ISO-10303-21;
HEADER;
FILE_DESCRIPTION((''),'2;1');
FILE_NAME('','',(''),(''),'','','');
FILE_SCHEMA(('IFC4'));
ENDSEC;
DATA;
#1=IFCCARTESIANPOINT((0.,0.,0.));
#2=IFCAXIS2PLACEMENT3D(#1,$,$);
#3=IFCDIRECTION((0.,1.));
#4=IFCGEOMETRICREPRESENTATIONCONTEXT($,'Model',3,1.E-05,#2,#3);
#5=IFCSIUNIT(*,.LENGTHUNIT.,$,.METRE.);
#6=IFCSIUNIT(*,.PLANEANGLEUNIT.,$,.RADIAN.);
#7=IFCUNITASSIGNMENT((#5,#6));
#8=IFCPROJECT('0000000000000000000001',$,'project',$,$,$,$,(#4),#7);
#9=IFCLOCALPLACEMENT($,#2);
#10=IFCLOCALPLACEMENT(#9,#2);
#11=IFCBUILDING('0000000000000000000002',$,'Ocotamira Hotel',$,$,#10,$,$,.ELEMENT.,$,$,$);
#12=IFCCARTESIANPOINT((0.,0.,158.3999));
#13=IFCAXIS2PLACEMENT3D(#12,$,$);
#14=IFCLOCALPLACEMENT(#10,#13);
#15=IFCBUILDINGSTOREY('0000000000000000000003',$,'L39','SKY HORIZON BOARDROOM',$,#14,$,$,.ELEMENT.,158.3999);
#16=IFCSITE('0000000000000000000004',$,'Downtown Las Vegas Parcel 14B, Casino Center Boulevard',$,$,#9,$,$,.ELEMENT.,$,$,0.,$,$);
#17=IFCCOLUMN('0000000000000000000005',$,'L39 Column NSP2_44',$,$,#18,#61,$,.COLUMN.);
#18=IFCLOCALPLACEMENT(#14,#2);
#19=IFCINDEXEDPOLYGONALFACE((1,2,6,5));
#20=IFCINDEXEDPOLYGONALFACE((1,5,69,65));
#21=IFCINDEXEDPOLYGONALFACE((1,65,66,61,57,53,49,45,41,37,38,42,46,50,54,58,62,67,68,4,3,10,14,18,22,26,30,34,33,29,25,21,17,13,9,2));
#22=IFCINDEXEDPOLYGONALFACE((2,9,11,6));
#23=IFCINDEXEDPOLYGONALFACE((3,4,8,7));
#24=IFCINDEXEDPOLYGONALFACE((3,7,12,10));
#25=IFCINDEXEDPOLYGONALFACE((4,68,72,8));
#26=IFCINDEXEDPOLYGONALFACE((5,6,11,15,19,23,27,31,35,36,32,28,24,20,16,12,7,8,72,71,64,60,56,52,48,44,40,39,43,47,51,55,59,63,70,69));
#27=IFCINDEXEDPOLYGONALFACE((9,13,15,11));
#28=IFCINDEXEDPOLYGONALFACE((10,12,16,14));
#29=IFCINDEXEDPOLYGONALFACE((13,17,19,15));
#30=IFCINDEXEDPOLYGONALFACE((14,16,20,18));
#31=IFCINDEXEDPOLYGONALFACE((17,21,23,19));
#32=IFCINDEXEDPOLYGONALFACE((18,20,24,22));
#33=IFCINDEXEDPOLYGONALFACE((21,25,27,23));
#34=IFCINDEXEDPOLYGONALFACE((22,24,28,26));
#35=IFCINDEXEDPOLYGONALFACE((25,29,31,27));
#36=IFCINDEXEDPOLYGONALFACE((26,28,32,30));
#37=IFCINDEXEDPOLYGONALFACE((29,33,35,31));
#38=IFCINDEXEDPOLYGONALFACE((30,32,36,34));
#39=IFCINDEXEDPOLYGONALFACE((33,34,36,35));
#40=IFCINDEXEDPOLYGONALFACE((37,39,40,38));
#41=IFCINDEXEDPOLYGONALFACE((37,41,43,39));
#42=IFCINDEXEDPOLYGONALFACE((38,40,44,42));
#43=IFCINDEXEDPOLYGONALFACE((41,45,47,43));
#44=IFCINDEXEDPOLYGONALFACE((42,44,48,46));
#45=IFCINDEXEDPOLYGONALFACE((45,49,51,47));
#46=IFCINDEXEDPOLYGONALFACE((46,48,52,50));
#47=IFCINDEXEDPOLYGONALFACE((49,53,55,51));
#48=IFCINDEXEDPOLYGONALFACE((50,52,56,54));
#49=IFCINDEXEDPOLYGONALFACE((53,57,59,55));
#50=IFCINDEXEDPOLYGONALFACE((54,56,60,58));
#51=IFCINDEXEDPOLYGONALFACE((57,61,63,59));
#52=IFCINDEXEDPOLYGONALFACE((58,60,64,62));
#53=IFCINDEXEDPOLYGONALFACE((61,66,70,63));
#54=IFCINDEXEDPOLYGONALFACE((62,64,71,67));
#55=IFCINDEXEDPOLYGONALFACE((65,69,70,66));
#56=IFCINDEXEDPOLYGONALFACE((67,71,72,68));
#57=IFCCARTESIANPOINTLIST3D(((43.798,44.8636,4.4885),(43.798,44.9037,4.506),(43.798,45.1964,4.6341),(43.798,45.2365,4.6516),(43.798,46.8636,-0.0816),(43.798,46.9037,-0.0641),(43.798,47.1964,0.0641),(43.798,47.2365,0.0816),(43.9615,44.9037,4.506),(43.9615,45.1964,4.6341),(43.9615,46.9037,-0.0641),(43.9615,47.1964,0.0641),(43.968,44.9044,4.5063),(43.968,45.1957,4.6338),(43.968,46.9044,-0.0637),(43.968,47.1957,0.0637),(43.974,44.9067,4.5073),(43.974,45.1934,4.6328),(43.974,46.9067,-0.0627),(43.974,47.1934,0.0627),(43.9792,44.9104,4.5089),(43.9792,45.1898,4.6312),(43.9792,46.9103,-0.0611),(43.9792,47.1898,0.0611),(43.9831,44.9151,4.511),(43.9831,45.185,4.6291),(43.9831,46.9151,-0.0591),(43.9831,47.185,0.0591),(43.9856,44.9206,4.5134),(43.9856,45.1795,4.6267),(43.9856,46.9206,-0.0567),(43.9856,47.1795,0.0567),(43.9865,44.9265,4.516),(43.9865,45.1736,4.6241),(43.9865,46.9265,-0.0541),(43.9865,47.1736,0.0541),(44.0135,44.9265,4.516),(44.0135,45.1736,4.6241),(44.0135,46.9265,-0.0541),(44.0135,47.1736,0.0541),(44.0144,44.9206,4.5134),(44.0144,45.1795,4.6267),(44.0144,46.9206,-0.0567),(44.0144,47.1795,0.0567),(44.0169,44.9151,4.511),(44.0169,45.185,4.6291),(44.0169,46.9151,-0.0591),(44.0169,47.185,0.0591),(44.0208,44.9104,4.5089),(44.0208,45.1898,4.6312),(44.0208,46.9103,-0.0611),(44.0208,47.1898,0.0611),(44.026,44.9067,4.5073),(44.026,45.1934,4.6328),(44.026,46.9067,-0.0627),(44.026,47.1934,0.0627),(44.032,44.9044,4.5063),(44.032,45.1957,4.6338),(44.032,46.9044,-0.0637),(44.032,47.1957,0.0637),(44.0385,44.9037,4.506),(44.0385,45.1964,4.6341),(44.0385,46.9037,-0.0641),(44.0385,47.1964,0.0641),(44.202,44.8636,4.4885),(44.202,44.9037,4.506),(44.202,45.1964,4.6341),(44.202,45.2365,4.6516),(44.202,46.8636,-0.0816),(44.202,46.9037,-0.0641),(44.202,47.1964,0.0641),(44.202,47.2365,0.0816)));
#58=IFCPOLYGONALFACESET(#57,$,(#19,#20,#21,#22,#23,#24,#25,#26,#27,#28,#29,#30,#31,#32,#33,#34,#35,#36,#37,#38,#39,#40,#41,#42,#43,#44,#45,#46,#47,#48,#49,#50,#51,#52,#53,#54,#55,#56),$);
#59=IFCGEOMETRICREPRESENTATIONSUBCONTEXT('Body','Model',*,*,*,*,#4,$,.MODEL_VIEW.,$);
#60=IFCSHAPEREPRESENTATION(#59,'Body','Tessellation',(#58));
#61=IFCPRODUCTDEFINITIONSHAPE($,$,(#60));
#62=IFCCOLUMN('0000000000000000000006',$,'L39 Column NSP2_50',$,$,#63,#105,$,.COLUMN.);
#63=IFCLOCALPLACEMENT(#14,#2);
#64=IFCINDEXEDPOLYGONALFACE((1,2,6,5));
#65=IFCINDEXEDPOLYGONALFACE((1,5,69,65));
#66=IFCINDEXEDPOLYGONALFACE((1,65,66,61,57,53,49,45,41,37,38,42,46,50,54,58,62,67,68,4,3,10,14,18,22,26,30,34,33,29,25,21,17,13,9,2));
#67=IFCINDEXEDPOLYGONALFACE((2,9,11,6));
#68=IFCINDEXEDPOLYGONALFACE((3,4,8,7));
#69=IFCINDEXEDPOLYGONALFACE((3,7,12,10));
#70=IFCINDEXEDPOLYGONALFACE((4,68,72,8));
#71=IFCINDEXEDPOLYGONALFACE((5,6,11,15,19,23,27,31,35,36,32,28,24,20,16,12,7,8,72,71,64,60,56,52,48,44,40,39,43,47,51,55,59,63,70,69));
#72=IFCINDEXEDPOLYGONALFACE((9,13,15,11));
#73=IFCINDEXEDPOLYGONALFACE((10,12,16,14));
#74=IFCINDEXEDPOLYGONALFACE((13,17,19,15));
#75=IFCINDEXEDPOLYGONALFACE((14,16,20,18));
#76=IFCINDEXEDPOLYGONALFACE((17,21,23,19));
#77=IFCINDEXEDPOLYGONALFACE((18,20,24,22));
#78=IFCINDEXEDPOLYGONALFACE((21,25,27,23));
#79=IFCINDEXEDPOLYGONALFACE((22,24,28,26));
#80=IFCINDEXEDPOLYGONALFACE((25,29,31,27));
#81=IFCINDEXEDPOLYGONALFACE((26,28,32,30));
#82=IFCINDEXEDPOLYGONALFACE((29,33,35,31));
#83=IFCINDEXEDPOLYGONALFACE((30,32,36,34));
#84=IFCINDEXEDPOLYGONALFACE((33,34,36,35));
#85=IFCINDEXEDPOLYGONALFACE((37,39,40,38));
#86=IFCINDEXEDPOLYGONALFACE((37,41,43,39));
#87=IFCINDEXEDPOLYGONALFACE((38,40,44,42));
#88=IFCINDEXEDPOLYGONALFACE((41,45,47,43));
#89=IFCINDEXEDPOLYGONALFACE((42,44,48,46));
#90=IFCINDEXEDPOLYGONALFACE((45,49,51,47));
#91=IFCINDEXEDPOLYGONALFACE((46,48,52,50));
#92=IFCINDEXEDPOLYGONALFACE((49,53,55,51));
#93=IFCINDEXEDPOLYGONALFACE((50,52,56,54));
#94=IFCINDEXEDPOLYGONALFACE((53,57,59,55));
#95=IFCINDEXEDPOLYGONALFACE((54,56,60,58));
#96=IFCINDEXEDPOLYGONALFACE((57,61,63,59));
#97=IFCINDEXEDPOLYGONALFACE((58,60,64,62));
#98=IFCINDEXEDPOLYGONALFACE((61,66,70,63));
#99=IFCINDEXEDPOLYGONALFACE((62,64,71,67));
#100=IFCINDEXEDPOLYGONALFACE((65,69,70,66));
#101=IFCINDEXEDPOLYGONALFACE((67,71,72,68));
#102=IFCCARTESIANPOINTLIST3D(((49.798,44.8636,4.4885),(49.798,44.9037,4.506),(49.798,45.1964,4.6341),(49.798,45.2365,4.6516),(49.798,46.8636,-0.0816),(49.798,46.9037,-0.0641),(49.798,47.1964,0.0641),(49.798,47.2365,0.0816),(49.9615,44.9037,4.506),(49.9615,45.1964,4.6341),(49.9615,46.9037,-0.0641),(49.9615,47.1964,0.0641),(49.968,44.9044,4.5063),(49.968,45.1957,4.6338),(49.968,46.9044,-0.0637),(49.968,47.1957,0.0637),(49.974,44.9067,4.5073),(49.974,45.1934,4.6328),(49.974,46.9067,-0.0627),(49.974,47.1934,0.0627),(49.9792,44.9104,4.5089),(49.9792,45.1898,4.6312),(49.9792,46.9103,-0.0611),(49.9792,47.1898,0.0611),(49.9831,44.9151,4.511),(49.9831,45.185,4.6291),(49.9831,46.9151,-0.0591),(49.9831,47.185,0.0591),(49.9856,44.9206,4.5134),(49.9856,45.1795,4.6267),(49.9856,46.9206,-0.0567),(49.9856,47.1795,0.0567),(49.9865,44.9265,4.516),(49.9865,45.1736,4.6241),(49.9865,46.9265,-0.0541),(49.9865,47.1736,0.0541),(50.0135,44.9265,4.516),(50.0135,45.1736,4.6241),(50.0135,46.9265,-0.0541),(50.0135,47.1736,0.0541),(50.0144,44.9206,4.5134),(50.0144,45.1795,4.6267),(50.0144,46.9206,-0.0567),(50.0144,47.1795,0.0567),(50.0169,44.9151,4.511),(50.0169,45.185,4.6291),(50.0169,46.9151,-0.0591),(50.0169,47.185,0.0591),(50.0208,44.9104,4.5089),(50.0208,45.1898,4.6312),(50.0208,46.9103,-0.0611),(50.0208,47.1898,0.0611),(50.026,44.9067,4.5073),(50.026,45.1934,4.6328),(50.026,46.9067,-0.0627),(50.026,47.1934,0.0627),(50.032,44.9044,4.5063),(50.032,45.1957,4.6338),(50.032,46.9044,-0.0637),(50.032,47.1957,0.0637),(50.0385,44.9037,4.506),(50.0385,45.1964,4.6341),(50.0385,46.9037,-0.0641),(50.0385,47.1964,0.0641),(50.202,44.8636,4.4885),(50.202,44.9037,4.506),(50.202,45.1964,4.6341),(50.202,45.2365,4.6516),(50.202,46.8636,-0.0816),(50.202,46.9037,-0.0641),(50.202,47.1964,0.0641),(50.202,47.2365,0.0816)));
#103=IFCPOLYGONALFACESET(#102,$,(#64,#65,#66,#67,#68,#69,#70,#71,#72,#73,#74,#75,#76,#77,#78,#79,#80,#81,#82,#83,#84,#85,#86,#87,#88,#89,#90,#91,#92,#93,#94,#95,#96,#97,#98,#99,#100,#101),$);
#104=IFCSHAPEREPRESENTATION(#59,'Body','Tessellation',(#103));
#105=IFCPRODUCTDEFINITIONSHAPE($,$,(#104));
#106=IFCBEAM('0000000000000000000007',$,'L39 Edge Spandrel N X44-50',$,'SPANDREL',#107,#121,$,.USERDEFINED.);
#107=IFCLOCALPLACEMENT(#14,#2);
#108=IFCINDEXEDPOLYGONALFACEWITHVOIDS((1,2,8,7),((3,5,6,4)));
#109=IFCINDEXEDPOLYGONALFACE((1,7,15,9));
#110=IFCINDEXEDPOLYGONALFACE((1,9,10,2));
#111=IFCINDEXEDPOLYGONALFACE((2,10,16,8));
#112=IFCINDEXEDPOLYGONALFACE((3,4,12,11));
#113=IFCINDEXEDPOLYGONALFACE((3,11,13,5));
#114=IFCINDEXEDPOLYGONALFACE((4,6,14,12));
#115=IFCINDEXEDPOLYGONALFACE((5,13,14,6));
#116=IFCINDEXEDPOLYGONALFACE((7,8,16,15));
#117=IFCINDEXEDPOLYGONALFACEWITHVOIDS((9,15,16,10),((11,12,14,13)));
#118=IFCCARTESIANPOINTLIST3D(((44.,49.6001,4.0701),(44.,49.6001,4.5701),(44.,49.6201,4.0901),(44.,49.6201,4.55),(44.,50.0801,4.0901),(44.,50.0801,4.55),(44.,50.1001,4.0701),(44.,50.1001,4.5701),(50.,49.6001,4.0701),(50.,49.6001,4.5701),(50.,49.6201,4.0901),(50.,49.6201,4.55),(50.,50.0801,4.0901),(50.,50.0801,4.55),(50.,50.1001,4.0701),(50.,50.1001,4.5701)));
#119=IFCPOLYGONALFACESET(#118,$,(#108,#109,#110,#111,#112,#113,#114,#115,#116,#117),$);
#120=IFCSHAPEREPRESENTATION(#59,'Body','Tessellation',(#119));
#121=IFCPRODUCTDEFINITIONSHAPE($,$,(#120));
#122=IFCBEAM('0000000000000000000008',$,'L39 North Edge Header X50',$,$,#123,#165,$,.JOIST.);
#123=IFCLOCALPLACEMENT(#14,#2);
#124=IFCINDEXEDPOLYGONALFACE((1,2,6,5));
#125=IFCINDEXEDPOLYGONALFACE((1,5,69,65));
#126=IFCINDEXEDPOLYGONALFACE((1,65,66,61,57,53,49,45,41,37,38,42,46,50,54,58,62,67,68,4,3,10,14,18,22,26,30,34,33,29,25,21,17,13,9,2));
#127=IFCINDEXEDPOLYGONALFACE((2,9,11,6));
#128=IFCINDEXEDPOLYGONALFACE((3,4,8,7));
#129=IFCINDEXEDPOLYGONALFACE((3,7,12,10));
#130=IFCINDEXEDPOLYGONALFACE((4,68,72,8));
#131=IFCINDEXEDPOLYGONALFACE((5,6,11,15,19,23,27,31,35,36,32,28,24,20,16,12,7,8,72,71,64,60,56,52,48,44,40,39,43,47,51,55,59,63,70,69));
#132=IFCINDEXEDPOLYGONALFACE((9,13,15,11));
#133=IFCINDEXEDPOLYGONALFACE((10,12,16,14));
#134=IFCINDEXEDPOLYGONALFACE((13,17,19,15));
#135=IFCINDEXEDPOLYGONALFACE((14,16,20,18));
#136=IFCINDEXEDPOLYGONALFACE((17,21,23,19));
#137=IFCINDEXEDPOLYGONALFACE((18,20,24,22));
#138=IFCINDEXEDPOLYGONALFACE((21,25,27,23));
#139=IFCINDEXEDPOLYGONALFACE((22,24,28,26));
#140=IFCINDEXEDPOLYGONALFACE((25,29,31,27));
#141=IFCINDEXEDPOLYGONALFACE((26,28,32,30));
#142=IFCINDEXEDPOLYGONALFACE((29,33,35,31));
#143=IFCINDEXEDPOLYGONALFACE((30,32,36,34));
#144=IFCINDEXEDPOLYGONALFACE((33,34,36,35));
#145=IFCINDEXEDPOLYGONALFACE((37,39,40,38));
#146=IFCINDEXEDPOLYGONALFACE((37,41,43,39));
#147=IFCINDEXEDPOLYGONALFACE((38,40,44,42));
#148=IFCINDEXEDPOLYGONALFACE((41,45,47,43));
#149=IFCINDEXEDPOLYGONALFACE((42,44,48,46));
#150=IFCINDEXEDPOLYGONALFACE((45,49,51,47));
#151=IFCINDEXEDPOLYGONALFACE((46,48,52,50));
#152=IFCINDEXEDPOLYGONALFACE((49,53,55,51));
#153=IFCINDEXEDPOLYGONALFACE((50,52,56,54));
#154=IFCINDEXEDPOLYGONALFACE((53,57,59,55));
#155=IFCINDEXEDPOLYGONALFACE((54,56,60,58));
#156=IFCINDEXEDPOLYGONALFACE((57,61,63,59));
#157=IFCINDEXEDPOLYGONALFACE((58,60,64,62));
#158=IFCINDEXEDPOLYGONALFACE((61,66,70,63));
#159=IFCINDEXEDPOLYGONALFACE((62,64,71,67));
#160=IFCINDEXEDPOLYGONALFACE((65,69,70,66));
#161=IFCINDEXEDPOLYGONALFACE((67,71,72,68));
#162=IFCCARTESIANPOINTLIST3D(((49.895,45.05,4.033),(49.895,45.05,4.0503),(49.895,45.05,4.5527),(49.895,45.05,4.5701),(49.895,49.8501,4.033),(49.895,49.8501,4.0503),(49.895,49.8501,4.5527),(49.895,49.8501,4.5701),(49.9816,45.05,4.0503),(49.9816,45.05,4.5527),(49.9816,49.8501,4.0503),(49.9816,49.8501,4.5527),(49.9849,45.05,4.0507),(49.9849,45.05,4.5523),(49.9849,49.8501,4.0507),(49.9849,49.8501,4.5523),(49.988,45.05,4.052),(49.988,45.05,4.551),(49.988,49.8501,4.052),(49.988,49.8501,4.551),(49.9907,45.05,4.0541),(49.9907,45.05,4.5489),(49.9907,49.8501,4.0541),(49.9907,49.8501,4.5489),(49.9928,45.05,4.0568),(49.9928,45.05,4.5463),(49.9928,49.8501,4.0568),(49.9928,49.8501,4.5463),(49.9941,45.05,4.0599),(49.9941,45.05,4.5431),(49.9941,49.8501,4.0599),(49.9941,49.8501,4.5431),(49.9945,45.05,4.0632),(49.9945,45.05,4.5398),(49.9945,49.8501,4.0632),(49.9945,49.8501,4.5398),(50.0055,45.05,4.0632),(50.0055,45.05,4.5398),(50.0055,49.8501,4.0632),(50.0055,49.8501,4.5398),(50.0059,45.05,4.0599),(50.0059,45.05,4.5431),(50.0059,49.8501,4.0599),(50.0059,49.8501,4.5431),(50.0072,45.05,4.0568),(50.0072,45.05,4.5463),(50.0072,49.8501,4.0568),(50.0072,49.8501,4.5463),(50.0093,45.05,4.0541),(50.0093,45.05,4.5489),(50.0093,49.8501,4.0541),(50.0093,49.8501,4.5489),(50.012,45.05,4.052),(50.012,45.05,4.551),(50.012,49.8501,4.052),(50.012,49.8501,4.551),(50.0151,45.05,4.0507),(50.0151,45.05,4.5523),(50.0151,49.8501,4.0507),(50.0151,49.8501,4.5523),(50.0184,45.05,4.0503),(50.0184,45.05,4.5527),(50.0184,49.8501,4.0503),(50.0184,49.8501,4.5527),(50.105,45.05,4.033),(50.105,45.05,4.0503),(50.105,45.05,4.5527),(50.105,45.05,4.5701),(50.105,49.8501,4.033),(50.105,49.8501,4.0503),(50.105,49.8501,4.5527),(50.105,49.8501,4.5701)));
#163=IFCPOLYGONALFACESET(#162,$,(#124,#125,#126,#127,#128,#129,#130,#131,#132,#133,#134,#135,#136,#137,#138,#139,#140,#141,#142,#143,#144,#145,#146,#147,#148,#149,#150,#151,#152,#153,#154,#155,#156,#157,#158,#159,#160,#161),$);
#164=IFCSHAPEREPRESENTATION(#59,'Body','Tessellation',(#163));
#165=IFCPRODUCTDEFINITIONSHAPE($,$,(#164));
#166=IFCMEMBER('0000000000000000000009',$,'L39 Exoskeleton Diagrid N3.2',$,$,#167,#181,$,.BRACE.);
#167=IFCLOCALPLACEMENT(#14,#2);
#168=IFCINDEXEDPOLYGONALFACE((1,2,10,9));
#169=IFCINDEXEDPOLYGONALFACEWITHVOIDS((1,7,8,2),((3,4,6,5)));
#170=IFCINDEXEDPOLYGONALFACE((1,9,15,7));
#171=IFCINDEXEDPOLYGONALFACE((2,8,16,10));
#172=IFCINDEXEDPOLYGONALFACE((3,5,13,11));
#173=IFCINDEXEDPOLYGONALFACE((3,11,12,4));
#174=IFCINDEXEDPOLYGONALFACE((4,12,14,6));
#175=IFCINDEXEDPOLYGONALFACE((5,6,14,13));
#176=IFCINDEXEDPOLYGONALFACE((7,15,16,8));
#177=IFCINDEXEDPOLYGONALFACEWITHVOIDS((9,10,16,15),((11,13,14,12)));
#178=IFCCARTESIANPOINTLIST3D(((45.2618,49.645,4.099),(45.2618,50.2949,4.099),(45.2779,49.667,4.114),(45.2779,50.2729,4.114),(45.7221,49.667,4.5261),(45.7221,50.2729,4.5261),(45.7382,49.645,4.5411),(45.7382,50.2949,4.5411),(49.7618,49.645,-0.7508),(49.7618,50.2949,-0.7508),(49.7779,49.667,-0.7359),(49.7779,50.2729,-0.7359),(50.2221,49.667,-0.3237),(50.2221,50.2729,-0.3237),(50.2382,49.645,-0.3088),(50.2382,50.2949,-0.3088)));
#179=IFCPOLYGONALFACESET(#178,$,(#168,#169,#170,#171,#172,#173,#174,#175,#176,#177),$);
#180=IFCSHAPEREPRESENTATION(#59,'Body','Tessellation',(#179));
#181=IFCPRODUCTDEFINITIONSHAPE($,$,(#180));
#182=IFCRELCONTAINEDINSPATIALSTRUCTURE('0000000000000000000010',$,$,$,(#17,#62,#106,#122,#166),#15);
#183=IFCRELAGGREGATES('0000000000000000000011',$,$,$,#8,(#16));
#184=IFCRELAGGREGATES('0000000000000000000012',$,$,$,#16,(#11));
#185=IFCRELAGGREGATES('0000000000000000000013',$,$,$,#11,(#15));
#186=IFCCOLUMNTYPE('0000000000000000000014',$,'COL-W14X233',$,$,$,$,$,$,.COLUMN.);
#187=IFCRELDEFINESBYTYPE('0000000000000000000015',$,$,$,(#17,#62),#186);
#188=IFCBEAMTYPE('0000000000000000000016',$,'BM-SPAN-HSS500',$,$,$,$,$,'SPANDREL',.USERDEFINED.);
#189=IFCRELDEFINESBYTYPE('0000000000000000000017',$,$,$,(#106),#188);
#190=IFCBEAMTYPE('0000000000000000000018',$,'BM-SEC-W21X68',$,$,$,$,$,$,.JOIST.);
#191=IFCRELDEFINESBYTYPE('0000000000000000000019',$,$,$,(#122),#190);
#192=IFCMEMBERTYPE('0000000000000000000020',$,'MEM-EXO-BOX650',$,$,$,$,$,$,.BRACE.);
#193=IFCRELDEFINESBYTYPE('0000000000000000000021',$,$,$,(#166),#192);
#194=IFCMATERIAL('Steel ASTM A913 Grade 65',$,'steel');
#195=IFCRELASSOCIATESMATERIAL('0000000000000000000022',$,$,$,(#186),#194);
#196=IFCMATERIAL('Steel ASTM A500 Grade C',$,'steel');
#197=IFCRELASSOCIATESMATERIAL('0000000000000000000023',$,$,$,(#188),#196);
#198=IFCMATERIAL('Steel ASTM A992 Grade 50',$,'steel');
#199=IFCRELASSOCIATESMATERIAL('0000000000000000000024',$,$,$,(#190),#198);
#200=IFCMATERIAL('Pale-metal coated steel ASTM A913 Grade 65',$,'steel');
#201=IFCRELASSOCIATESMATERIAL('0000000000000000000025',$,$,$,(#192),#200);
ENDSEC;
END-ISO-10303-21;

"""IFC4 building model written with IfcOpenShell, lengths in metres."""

from ifc_helpers import new_model, si_unit, direction, frame, origin, origin_2d, place, context, subcontext, project, spatial, hollow_rectangle, i_section, extrude, source, transform, mapped, material, material_profile, profile_set, type_object, element, save


model = new_model("IFC4")

# Units and contexts
model_context = context("Model", 3, precision=1e-05, world=origin(), true_north=direction((0.0, 1.0)))
body_context = subcontext(model_context, "Body", "Model", "MODEL_VIEW")
ifc_project = project(units=[si_unit("LENGTHUNIT", "METRE"), si_unit("PLANEANGLEUNIT", "RADIAN")], contexts=[model_context])

# Site, building, storey
site_placement = place(None, origin())
site = spatial("IfcSite", under=ifc_project, at=site_placement, Name="Downtown Las Vegas Parcel 14B, Casino Center Boulevard", CompositionType="ELEMENT", RefElevation=0.0)
building_placement = place(site_placement, origin())
building = spatial("IfcBuilding", under=site, at=building_placement, Name="Ocotamira Hotel", CompositionType="ELEMENT")
storey_placement = place(building_placement, frame((0.0, 0.0, 158.3999)))
storey = spatial("IfcBuildingStorey", under=building, at=storey_placement, Name="L39", Description="SKY HORIZON BOARDROOM", CompositionType="ELEMENT", Elevation=158.3999)

# Columns
ifc_material_1 = material(Name="Steel ASTM A913 Grade 65", Category="steel")
ifc_material_profile_1 = material_profile(ifc_material_1, i_section(OverallWidth=0.4041, OverallDepth=0.407, WebThickness=0.0271, FlangeThickness=0.0437, FilletRadius=0.0249, at=origin_2d()), Name="W14X233")
ifc_profile_set_1 = profile_set([ifc_material_profile_1], Name="Steel ASTM A913 Grade 65")
column_type = type_object("IfcColumnType", Name="COL-W14X233", PredefinedType="COLUMN", material=ifc_profile_set_1)
shared_shape_1 = source(origin(), body_context, "Body", "SweptSolid", [
    extrude(i_section(OverallWidth=0.4041, OverallDepth=0.407, WebThickness=0.0271, FlangeThickness=0.0437, FilletRadius=0.0249, at=origin_2d()), origin(), (0.0, 0.0, 1.0), 4.9885),
])
for number, where, z_axis, x_axis, name in (
    (1, (44.0, 47.05, 0.0), (0.0, -0.400919, 0.916114), (1.0, 0.0, 0.0), "L39 Column NSP2_44"),
    (2, (50.0, 47.05, 0.0), (0.0, -0.400919, 0.916114), (1.0, 0.0, 0.0), "L39 Column NSP2_50"),
):
    element("IfcColumn", number, at=place(storey_placement, frame(where, z_axis=z_axis, x_axis=x_axis)), inside=storey, type_object=column_type, Name=name, PredefinedType="COLUMN", context=body_context, shape_type="MappedRepresentation", body=[
        mapped(shared_shape_1, transform((0.0, 0.0, 0.0), scale=1.0)),
    ])

# Beams
ifc_material_2 = material(Name="Steel ASTM A500 Grade C", Category="steel")
ifc_material_profile_2 = material_profile(ifc_material_2, hollow_rectangle(XDim=0.5, YDim=0.5, WallThickness=0.02, at=origin_2d()), Name="HSS500X500X20")
ifc_profile_set_2 = profile_set([ifc_material_profile_2], Name="Steel ASTM A500 Grade C")
beam_type_1 = type_object("IfcBeamType", Name="BM-SPAN-HSS500", ElementType="SPANDREL", PredefinedType="USERDEFINED", material=ifc_profile_set_2)
shared_shape_2 = source(origin(), body_context, "Body", "SweptSolid", [
    extrude(hollow_rectangle(XDim=0.5, YDim=0.5, WallThickness=0.02, at=origin_2d()), origin(), (0.0, 0.0, 1.0), 6.0),
])
beam_1_placement = place(storey_placement, frame((44.0, 49.8501, 4.3201), z_axis=(1.0, 0.0, 0.0), x_axis=(0.0, 1.0, 0.0)))
element("IfcBeam", 3, at=beam_1_placement, inside=storey, type_object=beam_type_1, Name="L39 Edge Spandrel N X44-50", ObjectType="SPANDREL", PredefinedType="USERDEFINED", context=body_context, shape_type="MappedRepresentation", body=[
    mapped(shared_shape_2, transform((0.0, 0.0, 0.0), scale=1.0)),
])
ifc_material_3 = material(Name="Steel ASTM A992 Grade 50", Category="steel")
ifc_material_profile_3 = material_profile(ifc_material_3, i_section(OverallWidth=0.21, OverallDepth=0.5371, WebThickness=0.011, FlangeThickness=0.0173, FilletRadius=0.0129, at=origin_2d()), Name="W21X68")
ifc_profile_set_3 = profile_set([ifc_material_profile_3], Name="Steel ASTM A992 Grade 50")
beam_type_2 = type_object("IfcBeamType", Name="BM-SEC-W21X68", PredefinedType="JOIST", material=ifc_profile_set_3)
shared_shape_3 = source(origin(), body_context, "Body", "SweptSolid", [
    extrude(i_section(OverallWidth=0.21, OverallDepth=0.5371, WebThickness=0.011, FlangeThickness=0.0173, FilletRadius=0.0129, at=origin_2d()), origin(), (0.0, 0.0, 1.0), 4.8),
])
beam_2_placement = place(storey_placement, frame((50.0, 45.05, 4.3015), z_axis=(0.0, 1.0, 0.0), x_axis=(-1.0, 0.0, 0.0)))
element("IfcBeam", 4, at=beam_2_placement, inside=storey, type_object=beam_type_2, Name="L39 North Edge Header X50", PredefinedType="JOIST", context=body_context, shape_type="MappedRepresentation", body=[
    mapped(shared_shape_3, transform((0.0, 0.0, 0.0), scale=1.0)),
])

# Member
ifc_material_4 = material(Name="Pale-metal coated steel ASTM A913 Grade 65", Category="steel")
ifc_material_profile_4 = material_profile(ifc_material_4, hollow_rectangle(XDim=0.6499, YDim=0.6499, WallThickness=0.022, at=origin_2d()), Name="BOX650X650X22")
ifc_profile_set_4 = profile_set([ifc_material_profile_4], Name="Pale-metal coated steel ASTM A913 Grade 65")
member_type_1 = type_object("IfcMemberType", Name="MEM-EXO-BOX650", PredefinedType="BRACE", material=ifc_profile_set_4)
shared_shape_4 = source(origin(), body_context, "Body", "SweptSolid", [
    extrude(hollow_rectangle(XDim=0.6499, YDim=0.6499, WallThickness=0.022, at=origin_2d()), origin(), (0.0, 0.0, 1.0), 6.616),
])
member_1_placement = place(storey_placement, frame((50.0, 49.97, -0.5298), z_axis=(-0.680172, 0.0, 0.733052), x_axis=(0.0, -1.0, 0.0)))
element("IfcMember", 5, at=member_1_placement, inside=storey, type_object=member_type_1, Name="L39 Exoskeleton Diagrid N3.2", PredefinedType="BRACE", context=body_context, shape_type="MappedRepresentation", body=[
    mapped(shared_shape_4, transform((0.0, 0.0, 0.0), scale=1.0)),
])

save(model, "model.ifc")
